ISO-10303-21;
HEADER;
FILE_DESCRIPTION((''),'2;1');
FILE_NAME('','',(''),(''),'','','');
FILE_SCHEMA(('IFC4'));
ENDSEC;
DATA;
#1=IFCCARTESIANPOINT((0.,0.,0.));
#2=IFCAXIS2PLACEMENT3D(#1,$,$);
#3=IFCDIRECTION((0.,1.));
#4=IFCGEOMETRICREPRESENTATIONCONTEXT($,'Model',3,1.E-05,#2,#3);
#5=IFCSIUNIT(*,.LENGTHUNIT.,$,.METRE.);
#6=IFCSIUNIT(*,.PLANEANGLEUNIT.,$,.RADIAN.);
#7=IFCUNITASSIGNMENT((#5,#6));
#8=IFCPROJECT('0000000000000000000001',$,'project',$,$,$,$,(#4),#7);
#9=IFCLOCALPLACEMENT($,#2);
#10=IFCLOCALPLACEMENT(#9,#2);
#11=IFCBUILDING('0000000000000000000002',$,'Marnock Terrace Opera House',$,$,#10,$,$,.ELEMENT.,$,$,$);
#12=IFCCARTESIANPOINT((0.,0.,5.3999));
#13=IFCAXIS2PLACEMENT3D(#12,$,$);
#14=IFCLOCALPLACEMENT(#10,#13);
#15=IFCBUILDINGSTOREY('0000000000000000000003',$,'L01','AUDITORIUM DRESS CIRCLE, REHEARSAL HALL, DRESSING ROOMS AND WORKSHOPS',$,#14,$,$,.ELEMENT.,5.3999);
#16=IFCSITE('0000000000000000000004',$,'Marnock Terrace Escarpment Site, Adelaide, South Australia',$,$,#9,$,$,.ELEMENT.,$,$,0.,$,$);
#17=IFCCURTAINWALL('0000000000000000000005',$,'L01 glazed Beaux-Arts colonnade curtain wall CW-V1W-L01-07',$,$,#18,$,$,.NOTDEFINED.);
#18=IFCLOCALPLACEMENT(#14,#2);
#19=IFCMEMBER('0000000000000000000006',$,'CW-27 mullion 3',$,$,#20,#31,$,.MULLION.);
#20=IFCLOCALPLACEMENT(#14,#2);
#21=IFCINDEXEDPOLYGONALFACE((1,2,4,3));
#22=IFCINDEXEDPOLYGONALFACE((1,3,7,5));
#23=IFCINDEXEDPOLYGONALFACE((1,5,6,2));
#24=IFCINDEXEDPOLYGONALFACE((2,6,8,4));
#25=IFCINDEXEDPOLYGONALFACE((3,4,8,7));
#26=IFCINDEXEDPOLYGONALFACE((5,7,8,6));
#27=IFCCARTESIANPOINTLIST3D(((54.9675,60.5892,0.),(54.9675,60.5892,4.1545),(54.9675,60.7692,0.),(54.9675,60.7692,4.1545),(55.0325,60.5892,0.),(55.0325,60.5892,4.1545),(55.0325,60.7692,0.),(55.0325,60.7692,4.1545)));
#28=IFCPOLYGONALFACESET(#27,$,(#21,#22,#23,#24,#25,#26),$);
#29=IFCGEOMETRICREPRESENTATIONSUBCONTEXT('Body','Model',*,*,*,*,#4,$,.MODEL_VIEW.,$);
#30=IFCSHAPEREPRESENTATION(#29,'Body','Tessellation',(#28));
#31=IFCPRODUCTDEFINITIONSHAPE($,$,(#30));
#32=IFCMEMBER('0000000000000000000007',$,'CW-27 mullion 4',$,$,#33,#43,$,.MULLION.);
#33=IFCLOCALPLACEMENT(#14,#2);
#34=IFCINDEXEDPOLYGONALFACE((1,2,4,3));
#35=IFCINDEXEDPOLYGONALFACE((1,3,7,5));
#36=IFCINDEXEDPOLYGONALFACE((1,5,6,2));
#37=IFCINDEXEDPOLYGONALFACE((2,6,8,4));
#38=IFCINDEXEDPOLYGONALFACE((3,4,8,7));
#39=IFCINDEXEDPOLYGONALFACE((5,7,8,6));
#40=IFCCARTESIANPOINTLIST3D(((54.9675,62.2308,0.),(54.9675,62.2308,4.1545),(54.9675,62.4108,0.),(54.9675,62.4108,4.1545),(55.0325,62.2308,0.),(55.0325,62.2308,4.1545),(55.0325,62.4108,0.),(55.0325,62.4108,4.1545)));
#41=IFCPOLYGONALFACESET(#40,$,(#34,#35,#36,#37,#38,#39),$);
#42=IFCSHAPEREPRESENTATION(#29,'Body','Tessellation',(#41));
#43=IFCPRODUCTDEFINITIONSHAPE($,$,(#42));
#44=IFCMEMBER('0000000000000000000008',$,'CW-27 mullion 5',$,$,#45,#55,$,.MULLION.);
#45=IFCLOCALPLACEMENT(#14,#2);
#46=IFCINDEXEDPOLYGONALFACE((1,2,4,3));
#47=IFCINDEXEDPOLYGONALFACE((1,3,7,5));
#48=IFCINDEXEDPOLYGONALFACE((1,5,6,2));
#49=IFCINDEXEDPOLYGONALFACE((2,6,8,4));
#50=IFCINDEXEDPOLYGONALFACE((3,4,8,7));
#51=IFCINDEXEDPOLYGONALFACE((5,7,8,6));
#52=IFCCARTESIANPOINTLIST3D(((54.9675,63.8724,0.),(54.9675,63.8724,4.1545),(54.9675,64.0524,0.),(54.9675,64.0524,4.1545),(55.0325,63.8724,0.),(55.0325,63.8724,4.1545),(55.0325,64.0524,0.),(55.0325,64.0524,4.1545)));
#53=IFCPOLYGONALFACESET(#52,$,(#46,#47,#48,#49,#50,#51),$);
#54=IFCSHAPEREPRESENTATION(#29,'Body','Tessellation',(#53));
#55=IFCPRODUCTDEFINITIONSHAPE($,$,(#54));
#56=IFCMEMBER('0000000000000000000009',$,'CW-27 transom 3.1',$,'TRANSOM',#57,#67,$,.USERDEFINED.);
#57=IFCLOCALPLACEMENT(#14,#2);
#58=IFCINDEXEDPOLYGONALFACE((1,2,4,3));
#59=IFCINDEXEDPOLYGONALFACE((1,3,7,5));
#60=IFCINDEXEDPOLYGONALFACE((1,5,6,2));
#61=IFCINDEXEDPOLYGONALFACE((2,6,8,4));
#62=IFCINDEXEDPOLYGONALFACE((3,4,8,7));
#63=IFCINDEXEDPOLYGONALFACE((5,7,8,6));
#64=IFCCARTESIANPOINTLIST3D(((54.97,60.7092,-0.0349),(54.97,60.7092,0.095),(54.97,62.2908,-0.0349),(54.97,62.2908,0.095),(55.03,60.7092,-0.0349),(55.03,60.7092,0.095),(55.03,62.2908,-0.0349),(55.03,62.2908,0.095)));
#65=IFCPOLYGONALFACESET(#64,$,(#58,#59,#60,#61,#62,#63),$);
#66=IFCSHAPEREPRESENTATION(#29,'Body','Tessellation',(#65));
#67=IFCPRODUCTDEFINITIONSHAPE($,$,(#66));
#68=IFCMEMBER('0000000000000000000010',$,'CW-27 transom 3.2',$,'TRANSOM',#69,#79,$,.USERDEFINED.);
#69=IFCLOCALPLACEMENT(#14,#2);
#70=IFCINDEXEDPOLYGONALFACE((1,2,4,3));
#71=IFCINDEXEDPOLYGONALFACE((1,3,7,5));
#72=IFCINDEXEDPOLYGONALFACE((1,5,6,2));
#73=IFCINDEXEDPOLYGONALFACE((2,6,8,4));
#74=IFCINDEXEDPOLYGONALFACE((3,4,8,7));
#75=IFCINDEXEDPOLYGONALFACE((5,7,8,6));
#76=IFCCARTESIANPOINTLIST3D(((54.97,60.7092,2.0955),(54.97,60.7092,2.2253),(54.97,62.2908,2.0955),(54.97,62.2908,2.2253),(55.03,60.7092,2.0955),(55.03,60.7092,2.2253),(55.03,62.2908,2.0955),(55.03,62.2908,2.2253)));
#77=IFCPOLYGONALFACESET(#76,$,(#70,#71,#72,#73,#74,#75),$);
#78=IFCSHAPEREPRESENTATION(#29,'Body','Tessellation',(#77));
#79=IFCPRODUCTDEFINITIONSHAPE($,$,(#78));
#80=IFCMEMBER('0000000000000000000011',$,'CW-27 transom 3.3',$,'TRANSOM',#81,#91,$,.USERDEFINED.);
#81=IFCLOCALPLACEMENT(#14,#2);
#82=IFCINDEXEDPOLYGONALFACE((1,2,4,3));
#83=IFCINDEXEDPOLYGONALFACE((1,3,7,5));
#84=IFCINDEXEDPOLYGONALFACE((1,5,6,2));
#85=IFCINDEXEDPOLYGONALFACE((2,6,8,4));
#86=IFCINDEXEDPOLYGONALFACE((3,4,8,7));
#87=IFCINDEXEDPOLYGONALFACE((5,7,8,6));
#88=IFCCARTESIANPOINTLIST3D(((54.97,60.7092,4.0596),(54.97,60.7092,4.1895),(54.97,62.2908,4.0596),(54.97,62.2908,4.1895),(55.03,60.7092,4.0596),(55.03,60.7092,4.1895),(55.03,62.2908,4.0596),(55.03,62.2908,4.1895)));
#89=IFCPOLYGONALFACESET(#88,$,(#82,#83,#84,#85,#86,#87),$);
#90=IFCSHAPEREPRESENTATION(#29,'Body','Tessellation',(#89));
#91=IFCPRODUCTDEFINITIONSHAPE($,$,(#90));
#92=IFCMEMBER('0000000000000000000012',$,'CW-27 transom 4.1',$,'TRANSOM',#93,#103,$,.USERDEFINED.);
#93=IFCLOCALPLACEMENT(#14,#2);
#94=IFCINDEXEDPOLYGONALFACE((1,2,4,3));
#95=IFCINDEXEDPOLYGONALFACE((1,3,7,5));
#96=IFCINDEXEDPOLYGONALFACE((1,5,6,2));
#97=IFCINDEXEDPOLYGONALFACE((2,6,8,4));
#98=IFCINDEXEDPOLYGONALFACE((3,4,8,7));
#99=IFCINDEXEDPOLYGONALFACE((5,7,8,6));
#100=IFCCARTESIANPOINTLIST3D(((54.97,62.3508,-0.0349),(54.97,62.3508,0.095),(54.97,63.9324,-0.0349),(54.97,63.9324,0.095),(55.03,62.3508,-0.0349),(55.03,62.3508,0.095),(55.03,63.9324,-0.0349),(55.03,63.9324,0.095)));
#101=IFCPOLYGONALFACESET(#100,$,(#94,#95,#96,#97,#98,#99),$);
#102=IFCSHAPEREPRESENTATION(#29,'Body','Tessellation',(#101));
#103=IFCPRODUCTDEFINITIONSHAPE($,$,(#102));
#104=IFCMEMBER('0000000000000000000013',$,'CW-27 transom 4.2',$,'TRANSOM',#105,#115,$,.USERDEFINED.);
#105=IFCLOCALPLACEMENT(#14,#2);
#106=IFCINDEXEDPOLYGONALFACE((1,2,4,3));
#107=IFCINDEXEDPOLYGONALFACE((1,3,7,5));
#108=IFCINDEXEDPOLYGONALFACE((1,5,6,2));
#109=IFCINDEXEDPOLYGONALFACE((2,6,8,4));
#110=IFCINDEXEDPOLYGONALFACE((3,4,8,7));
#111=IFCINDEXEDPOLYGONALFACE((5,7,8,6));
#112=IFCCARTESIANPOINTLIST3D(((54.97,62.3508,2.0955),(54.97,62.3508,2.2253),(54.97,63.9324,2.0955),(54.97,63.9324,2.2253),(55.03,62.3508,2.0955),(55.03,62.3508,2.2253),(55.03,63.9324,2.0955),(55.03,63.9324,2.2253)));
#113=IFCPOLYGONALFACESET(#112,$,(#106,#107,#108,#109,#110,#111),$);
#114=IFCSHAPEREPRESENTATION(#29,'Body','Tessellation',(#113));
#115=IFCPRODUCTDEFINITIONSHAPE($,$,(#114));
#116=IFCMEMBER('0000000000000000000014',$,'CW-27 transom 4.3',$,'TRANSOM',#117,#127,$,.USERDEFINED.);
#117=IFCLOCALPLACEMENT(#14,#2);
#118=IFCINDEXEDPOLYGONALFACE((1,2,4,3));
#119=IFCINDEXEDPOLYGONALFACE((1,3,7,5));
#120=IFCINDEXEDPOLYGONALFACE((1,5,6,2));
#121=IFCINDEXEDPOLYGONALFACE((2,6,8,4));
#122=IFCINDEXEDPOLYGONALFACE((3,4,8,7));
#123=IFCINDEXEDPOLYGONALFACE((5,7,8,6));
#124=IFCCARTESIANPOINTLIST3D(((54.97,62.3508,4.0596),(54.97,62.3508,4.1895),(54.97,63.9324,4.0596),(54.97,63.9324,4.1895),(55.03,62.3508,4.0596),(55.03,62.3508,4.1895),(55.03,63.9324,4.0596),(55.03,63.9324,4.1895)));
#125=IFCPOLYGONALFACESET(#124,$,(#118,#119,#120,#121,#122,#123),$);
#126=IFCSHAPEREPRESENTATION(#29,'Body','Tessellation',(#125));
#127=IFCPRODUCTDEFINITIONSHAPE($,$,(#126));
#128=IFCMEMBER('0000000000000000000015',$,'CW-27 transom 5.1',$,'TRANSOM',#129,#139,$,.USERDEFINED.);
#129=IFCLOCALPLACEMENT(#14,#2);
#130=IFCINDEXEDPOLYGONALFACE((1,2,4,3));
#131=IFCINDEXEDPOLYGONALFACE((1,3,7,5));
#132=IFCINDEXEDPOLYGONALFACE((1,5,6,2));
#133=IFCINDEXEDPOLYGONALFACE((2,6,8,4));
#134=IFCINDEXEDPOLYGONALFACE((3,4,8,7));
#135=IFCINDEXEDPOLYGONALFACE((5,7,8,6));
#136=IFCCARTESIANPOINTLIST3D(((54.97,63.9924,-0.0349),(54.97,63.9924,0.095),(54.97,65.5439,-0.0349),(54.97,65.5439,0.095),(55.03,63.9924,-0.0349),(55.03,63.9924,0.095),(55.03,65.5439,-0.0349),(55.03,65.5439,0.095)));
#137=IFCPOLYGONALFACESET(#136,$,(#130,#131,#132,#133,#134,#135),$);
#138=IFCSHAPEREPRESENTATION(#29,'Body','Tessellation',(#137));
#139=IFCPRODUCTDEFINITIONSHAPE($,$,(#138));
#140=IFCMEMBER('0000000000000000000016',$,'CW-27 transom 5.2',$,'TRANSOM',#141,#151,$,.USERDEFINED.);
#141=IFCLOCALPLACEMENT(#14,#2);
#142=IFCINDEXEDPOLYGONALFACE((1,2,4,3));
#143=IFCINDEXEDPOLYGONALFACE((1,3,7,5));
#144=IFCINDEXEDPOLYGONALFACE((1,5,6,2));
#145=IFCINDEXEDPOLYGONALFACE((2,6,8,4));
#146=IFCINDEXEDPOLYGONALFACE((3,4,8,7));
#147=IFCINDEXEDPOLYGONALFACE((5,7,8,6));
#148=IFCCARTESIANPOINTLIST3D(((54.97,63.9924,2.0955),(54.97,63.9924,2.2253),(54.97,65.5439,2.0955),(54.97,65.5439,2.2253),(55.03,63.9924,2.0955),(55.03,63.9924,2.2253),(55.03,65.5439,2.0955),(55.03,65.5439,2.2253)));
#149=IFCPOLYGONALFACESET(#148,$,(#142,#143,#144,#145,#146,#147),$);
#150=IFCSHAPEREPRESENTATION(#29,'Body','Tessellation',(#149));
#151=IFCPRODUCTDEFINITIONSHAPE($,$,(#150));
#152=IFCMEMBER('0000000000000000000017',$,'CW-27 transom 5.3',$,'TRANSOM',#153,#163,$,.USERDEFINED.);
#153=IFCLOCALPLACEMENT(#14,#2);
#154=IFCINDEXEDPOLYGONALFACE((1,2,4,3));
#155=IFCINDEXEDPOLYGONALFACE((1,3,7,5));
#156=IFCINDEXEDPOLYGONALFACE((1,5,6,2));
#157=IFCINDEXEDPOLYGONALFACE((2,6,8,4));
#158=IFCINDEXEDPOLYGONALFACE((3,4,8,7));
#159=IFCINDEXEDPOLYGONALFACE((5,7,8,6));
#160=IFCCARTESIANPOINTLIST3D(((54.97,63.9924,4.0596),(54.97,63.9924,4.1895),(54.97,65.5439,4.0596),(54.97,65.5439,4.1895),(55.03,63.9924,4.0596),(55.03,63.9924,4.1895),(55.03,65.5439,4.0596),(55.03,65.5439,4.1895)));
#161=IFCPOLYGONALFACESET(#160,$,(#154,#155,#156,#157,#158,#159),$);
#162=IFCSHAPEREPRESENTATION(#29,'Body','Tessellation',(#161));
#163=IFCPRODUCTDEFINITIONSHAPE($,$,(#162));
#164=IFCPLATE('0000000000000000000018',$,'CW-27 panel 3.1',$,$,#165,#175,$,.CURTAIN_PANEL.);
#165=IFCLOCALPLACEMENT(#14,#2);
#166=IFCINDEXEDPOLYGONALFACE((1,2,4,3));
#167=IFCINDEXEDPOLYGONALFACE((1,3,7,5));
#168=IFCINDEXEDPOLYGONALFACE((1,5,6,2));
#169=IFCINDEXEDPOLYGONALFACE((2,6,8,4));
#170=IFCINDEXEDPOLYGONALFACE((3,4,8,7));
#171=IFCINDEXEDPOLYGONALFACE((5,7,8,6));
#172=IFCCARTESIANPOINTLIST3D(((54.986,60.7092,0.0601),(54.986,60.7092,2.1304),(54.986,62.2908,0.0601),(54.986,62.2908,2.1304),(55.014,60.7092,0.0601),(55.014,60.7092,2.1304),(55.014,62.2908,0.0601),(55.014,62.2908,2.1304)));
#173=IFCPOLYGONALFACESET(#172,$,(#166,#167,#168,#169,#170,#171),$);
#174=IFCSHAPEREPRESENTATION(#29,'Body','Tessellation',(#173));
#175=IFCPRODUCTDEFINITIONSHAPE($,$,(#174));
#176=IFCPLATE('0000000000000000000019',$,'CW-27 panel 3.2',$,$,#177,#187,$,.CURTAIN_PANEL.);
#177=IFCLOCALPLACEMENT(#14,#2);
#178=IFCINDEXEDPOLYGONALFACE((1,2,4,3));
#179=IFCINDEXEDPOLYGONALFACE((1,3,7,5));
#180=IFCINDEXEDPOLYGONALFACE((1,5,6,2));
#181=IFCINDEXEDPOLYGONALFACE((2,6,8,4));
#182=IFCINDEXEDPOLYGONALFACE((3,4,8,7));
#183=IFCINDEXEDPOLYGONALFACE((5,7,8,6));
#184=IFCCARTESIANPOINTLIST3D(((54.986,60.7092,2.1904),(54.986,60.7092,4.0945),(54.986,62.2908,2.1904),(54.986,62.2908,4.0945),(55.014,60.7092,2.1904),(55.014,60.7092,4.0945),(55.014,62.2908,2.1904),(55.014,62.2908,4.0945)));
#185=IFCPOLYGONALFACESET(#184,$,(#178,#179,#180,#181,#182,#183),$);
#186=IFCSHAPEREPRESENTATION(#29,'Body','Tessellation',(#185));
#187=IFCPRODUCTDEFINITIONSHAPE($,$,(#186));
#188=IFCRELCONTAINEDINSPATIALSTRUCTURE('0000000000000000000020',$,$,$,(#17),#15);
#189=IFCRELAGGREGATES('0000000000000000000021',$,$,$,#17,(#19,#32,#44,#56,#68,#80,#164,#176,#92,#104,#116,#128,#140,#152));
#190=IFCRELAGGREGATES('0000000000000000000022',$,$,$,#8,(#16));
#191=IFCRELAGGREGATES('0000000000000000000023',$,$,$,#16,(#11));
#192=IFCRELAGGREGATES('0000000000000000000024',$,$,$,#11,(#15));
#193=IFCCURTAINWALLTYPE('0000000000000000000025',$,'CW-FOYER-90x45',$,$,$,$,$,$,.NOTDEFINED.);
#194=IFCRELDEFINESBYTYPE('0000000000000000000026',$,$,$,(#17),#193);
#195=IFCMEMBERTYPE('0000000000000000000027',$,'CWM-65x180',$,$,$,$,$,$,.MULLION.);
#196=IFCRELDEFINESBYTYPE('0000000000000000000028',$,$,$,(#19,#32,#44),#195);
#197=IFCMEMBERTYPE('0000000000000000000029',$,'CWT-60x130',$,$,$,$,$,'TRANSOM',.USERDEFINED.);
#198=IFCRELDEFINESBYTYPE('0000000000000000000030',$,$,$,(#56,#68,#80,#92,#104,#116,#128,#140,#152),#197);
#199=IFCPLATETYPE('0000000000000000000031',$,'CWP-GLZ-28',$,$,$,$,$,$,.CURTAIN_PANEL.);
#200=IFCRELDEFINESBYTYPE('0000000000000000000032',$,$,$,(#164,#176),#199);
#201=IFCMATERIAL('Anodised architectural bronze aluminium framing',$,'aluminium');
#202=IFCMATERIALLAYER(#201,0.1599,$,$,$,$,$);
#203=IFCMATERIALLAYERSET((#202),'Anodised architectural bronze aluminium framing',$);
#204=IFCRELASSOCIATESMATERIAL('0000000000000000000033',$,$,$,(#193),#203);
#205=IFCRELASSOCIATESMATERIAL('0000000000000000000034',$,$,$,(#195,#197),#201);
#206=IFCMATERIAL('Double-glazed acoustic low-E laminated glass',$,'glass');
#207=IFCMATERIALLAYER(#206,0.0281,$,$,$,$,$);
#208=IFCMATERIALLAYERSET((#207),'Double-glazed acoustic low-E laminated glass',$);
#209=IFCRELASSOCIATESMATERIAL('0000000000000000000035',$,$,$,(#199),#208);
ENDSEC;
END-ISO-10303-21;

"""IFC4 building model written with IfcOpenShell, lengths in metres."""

from ifc_helpers import new_model, si_unit, direction, frame, origin, origin_2d, place, context, subcontext, project, spatial, rectangle, extrude, material, layer, layer_set, material_profile, profile_set, type_object, element, aggregate, save


model = new_model("IFC4")

# Units and contexts
model_context = context("Model", 3, precision=1e-05, world=origin(), true_north=direction((0.0, 1.0)))
body_context = subcontext(model_context, "Body", "Model", "MODEL_VIEW")
ifc_project = project(units=[si_unit("LENGTHUNIT", "METRE"), si_unit("PLANEANGLEUNIT", "RADIAN")], contexts=[model_context])

# Site, building, storey
site_placement = place(None, origin())
site = spatial("IfcSite", under=ifc_project, at=site_placement, Name="Marnock Terrace Escarpment Site, Adelaide, South Australia", CompositionType="ELEMENT", RefElevation=0.0)
building_placement = place(site_placement, origin())
building = spatial("IfcBuilding", under=site, at=building_placement, Name="Marnock Terrace Opera House", CompositionType="ELEMENT")
storey_placement = place(building_placement, frame((0.0, 0.0, 5.3999)))
storey = spatial("IfcBuildingStorey", under=building, at=storey_placement, Name="L01", Description="AUDITORIUM DRESS CIRCLE, REHEARSAL HALL, DRESSING ROOMS AND WORKSHOPS", CompositionType="ELEMENT", Elevation=5.3999)

# Curtain wall, members, plates
ifc_material_1 = material(Name="Anodised architectural bronze aluminium framing", Category="aluminium")
ifc_layer_1 = layer(ifc_material_1, 0.1599)
ifc_layer_set_1 = layer_set([ifc_layer_1], Name="Anodised architectural bronze aluminium framing")
curtain_wall_type = type_object("IfcCurtainWallType", Name="CW-FOYER-90x45", PredefinedType="NOTDEFINED", material=ifc_layer_set_1)
curtain_wall_placement = place(storey_placement, origin())
curtain_wall = element("IfcCurtainWall", 1, at=curtain_wall_placement, inside=storey, type_object=curtain_wall_type, Name="L01 glazed Beaux-Arts colonnade curtain wall CW-V1W-L01-07", PredefinedType="NOTDEFINED")
ifc_material_profile_1 = material_profile(ifc_material_1, rectangle(XDim=0.0649, YDim=0.1799, at=origin_2d()))
ifc_profile_set_1 = profile_set([ifc_material_profile_1], Name="Anodised architectural bronze aluminium framing")
member_type_1 = type_object("IfcMemberType", Name="CWM-65x180", PredefinedType="MULLION", material=ifc_profile_set_1)
member_1_placement = place(storey_placement, frame((55.0, 60.6792, 0.0), z_axis=(0.0, 0.0, 1.0), x_axis=(-1.0, 0.0, 0.0)))
member_1 = element("IfcMember", 2, at=member_1_placement, type_object=member_type_1, Name="CW-27 mullion 3", PredefinedType="MULLION", context=body_context, shape_type="SweptSolid", body=[
    extrude(rectangle(XDim=0.0649, YDim=0.1799, at=origin_2d()), origin(), (0.0, 0.0, 1.0), 4.1545),
])
member_2_placement = place(storey_placement, frame((55.0, 62.3208, 0.0), z_axis=(0.0, 0.0, 1.0), x_axis=(-1.0, 0.0, 0.0)))
member_2 = element("IfcMember", 3, at=member_2_placement, type_object=member_type_1, Name="CW-27 mullion 4", PredefinedType="MULLION", context=body_context, shape_type="SweptSolid", body=[
    extrude(rectangle(XDim=0.0649, YDim=0.1799, at=origin_2d()), origin(), (0.0, 0.0, 1.0), 4.1545),
])
member_3_placement = place(storey_placement, frame((55.0, 63.9624, 0.0), z_axis=(0.0, 0.0, 1.0), x_axis=(-1.0, 0.0, 0.0)))
member_3 = element("IfcMember", 4, at=member_3_placement, type_object=member_type_1, Name="CW-27 mullion 5", PredefinedType="MULLION", context=body_context, shape_type="SweptSolid", body=[
    extrude(rectangle(XDim=0.0649, YDim=0.1799, at=origin_2d()), origin(), (0.0, 0.0, 1.0), 4.1545),
])
ifc_material_profile_2 = material_profile(ifc_material_1, rectangle(XDim=0.0601, YDim=0.1299, at=origin_2d()))
ifc_profile_set_2 = profile_set([ifc_material_profile_2], Name="Anodised architectural bronze aluminium framing")
member_type_2 = type_object("IfcMemberType", Name="CWT-60x130", ElementType="TRANSOM", PredefinedType="USERDEFINED", material=ifc_profile_set_2)
member_4_placement = place(storey_placement, frame((55.0, 60.7092, 0.03), z_axis=(0.0, 1.0, 0.0), x_axis=(-1.0, 0.0, 0.0)))
member_4 = element("IfcMember", 5, at=member_4_placement, type_object=member_type_2, Name="CW-27 transom 3.1", ObjectType="TRANSOM", PredefinedType="USERDEFINED", context=body_context, shape_type="SweptSolid", body=[
    extrude(rectangle(XDim=0.0601, YDim=0.1299, at=origin_2d()), origin(), (0.0, 0.0, 1.0), 1.5815),
])
member_5_placement = place(storey_placement, frame((55.0, 60.7092, 2.1604), z_axis=(0.0, 1.0, 0.0), x_axis=(-1.0, 0.0, 0.0)))
member_5 = element("IfcMember", 6, at=member_5_placement, type_object=member_type_2, Name="CW-27 transom 3.2", ObjectType="TRANSOM", PredefinedType="USERDEFINED", context=body_context, shape_type="SweptSolid", body=[
    extrude(rectangle(XDim=0.0601, YDim=0.1299, at=origin_2d()), origin(), (0.0, 0.0, 1.0), 1.5815),
])
member_6_placement = place(storey_placement, frame((55.0, 60.7092, 4.1245), z_axis=(0.0, 1.0, 0.0), x_axis=(-1.0, 0.0, 0.0)))
member_6 = element("IfcMember", 7, at=member_6_placement, type_object=member_type_2, Name="CW-27 transom 3.3", ObjectType="TRANSOM", PredefinedType="USERDEFINED", context=body_context, shape_type="SweptSolid", body=[
    extrude(rectangle(XDim=0.0601, YDim=0.1299, at=origin_2d()), origin(), (0.0, 0.0, 1.0), 1.5815),
])
member_7_placement = place(storey_placement, frame((55.0, 62.3508, 0.03), z_axis=(0.0, 1.0, 0.0), x_axis=(-1.0, 0.0, 0.0)))
member_7 = element("IfcMember", 8, at=member_7_placement, type_object=member_type_2, Name="CW-27 transom 4.1", ObjectType="TRANSOM", PredefinedType="USERDEFINED", context=body_context, shape_type="SweptSolid", body=[
    extrude(rectangle(XDim=0.0601, YDim=0.1299, at=origin_2d()), origin(), (0.0, 0.0, 1.0), 1.5815),
])
member_8_placement = place(storey_placement, frame((55.0, 62.3508, 2.1604), z_axis=(0.0, 1.0, 0.0), x_axis=(-1.0, 0.0, 0.0)))
member_8 = element("IfcMember", 9, at=member_8_placement, type_object=member_type_2, Name="CW-27 transom 4.2", ObjectType="TRANSOM", PredefinedType="USERDEFINED", context=body_context, shape_type="SweptSolid", body=[
    extrude(rectangle(XDim=0.0601, YDim=0.1299, at=origin_2d()), origin(), (0.0, 0.0, 1.0), 1.5815),
])
member_9_placement = place(storey_placement, frame((55.0, 62.3508, 4.1245), z_axis=(0.0, 1.0, 0.0), x_axis=(-1.0, 0.0, 0.0)))
member_9 = element("IfcMember", 10, at=member_9_placement, type_object=member_type_2, Name="CW-27 transom 4.3", ObjectType="TRANSOM", PredefinedType="USERDEFINED", context=body_context, shape_type="SweptSolid", body=[
    extrude(rectangle(XDim=0.0601, YDim=0.1299, at=origin_2d()), origin(), (0.0, 0.0, 1.0), 1.5815),
])
member_10_placement = place(storey_placement, frame((55.0, 63.9924, 0.03), z_axis=(0.0, 1.0, 0.0), x_axis=(-1.0, 0.0, 0.0)))
member_10 = element("IfcMember", 11, at=member_10_placement, type_object=member_type_2, Name="CW-27 transom 5.1", ObjectType="TRANSOM", PredefinedType="USERDEFINED", context=body_context, shape_type="SweptSolid", body=[
    extrude(rectangle(XDim=0.0601, YDim=0.1299, at=origin_2d()), origin(), (0.0, 0.0, 1.0), 1.5515),
])
member_11_placement = place(storey_placement, frame((55.0, 63.9924, 2.1604), z_axis=(0.0, 1.0, 0.0), x_axis=(-1.0, 0.0, 0.0)))
member_11 = element("IfcMember", 12, at=member_11_placement, type_object=member_type_2, Name="CW-27 transom 5.2", ObjectType="TRANSOM", PredefinedType="USERDEFINED", context=body_context, shape_type="SweptSolid", body=[
    extrude(rectangle(XDim=0.0601, YDim=0.1299, at=origin_2d()), origin(), (0.0, 0.0, 1.0), 1.5515),
])
member_12_placement = place(storey_placement, frame((55.0, 63.9924, 4.1245), z_axis=(0.0, 1.0, 0.0), x_axis=(-1.0, 0.0, 0.0)))
member_12 = element("IfcMember", 13, at=member_12_placement, type_object=member_type_2, Name="CW-27 transom 5.3", ObjectType="TRANSOM", PredefinedType="USERDEFINED", context=body_context, shape_type="SweptSolid", body=[
    extrude(rectangle(XDim=0.0601, YDim=0.1299, at=origin_2d()), origin(), (0.0, 0.0, 1.0), 1.5515),
])
ifc_material_2 = material(Name="Double-glazed acoustic low-E laminated glass", Category="glass")
ifc_layer_2 = layer(ifc_material_2, 0.0281)
ifc_layer_set_2 = layer_set([ifc_layer_2], Name="Double-glazed acoustic low-E laminated glass")
plate_type = type_object("IfcPlateType", Name="CWP-GLZ-28", PredefinedType="CURTAIN_PANEL", material=ifc_layer_set_2)
plate_1_placement = place(storey_placement, frame((55.0, 61.5, 0.0601), z_axis=(0.0, 0.0, 1.0), x_axis=(0.0, 1.0, 0.0)))
plate_1 = element("IfcPlate", 14, at=plate_1_placement, type_object=plate_type, Name="CW-27 panel 3.1", PredefinedType="CURTAIN_PANEL", context=body_context, shape_type="SweptSolid", body=[
    extrude(rectangle(XDim=1.5815, YDim=0.0281, at=origin_2d()), origin(), (0.0, 0.0, 1.0), 2.0703),
])
plate_2_placement = place(storey_placement, frame((55.0, 61.5, 2.1904), z_axis=(0.0, 0.0, 1.0), x_axis=(0.0, 1.0, 0.0)))
plate_2 = element("IfcPlate", 15, at=plate_2_placement, type_object=plate_type, Name="CW-27 panel 3.2", PredefinedType="CURTAIN_PANEL", context=body_context, shape_type="SweptSolid", body=[
    extrude(rectangle(XDim=1.5815, YDim=0.0281, at=origin_2d()), origin(), (0.0, 0.0, 1.0), 1.9041),
])
aggregate(curtain_wall, [member_1, member_2, member_3, member_4, member_5, member_6, plate_1, plate_2, member_7, member_8, member_9, member_10, member_11, member_12])

save(model, "model.ifc")
